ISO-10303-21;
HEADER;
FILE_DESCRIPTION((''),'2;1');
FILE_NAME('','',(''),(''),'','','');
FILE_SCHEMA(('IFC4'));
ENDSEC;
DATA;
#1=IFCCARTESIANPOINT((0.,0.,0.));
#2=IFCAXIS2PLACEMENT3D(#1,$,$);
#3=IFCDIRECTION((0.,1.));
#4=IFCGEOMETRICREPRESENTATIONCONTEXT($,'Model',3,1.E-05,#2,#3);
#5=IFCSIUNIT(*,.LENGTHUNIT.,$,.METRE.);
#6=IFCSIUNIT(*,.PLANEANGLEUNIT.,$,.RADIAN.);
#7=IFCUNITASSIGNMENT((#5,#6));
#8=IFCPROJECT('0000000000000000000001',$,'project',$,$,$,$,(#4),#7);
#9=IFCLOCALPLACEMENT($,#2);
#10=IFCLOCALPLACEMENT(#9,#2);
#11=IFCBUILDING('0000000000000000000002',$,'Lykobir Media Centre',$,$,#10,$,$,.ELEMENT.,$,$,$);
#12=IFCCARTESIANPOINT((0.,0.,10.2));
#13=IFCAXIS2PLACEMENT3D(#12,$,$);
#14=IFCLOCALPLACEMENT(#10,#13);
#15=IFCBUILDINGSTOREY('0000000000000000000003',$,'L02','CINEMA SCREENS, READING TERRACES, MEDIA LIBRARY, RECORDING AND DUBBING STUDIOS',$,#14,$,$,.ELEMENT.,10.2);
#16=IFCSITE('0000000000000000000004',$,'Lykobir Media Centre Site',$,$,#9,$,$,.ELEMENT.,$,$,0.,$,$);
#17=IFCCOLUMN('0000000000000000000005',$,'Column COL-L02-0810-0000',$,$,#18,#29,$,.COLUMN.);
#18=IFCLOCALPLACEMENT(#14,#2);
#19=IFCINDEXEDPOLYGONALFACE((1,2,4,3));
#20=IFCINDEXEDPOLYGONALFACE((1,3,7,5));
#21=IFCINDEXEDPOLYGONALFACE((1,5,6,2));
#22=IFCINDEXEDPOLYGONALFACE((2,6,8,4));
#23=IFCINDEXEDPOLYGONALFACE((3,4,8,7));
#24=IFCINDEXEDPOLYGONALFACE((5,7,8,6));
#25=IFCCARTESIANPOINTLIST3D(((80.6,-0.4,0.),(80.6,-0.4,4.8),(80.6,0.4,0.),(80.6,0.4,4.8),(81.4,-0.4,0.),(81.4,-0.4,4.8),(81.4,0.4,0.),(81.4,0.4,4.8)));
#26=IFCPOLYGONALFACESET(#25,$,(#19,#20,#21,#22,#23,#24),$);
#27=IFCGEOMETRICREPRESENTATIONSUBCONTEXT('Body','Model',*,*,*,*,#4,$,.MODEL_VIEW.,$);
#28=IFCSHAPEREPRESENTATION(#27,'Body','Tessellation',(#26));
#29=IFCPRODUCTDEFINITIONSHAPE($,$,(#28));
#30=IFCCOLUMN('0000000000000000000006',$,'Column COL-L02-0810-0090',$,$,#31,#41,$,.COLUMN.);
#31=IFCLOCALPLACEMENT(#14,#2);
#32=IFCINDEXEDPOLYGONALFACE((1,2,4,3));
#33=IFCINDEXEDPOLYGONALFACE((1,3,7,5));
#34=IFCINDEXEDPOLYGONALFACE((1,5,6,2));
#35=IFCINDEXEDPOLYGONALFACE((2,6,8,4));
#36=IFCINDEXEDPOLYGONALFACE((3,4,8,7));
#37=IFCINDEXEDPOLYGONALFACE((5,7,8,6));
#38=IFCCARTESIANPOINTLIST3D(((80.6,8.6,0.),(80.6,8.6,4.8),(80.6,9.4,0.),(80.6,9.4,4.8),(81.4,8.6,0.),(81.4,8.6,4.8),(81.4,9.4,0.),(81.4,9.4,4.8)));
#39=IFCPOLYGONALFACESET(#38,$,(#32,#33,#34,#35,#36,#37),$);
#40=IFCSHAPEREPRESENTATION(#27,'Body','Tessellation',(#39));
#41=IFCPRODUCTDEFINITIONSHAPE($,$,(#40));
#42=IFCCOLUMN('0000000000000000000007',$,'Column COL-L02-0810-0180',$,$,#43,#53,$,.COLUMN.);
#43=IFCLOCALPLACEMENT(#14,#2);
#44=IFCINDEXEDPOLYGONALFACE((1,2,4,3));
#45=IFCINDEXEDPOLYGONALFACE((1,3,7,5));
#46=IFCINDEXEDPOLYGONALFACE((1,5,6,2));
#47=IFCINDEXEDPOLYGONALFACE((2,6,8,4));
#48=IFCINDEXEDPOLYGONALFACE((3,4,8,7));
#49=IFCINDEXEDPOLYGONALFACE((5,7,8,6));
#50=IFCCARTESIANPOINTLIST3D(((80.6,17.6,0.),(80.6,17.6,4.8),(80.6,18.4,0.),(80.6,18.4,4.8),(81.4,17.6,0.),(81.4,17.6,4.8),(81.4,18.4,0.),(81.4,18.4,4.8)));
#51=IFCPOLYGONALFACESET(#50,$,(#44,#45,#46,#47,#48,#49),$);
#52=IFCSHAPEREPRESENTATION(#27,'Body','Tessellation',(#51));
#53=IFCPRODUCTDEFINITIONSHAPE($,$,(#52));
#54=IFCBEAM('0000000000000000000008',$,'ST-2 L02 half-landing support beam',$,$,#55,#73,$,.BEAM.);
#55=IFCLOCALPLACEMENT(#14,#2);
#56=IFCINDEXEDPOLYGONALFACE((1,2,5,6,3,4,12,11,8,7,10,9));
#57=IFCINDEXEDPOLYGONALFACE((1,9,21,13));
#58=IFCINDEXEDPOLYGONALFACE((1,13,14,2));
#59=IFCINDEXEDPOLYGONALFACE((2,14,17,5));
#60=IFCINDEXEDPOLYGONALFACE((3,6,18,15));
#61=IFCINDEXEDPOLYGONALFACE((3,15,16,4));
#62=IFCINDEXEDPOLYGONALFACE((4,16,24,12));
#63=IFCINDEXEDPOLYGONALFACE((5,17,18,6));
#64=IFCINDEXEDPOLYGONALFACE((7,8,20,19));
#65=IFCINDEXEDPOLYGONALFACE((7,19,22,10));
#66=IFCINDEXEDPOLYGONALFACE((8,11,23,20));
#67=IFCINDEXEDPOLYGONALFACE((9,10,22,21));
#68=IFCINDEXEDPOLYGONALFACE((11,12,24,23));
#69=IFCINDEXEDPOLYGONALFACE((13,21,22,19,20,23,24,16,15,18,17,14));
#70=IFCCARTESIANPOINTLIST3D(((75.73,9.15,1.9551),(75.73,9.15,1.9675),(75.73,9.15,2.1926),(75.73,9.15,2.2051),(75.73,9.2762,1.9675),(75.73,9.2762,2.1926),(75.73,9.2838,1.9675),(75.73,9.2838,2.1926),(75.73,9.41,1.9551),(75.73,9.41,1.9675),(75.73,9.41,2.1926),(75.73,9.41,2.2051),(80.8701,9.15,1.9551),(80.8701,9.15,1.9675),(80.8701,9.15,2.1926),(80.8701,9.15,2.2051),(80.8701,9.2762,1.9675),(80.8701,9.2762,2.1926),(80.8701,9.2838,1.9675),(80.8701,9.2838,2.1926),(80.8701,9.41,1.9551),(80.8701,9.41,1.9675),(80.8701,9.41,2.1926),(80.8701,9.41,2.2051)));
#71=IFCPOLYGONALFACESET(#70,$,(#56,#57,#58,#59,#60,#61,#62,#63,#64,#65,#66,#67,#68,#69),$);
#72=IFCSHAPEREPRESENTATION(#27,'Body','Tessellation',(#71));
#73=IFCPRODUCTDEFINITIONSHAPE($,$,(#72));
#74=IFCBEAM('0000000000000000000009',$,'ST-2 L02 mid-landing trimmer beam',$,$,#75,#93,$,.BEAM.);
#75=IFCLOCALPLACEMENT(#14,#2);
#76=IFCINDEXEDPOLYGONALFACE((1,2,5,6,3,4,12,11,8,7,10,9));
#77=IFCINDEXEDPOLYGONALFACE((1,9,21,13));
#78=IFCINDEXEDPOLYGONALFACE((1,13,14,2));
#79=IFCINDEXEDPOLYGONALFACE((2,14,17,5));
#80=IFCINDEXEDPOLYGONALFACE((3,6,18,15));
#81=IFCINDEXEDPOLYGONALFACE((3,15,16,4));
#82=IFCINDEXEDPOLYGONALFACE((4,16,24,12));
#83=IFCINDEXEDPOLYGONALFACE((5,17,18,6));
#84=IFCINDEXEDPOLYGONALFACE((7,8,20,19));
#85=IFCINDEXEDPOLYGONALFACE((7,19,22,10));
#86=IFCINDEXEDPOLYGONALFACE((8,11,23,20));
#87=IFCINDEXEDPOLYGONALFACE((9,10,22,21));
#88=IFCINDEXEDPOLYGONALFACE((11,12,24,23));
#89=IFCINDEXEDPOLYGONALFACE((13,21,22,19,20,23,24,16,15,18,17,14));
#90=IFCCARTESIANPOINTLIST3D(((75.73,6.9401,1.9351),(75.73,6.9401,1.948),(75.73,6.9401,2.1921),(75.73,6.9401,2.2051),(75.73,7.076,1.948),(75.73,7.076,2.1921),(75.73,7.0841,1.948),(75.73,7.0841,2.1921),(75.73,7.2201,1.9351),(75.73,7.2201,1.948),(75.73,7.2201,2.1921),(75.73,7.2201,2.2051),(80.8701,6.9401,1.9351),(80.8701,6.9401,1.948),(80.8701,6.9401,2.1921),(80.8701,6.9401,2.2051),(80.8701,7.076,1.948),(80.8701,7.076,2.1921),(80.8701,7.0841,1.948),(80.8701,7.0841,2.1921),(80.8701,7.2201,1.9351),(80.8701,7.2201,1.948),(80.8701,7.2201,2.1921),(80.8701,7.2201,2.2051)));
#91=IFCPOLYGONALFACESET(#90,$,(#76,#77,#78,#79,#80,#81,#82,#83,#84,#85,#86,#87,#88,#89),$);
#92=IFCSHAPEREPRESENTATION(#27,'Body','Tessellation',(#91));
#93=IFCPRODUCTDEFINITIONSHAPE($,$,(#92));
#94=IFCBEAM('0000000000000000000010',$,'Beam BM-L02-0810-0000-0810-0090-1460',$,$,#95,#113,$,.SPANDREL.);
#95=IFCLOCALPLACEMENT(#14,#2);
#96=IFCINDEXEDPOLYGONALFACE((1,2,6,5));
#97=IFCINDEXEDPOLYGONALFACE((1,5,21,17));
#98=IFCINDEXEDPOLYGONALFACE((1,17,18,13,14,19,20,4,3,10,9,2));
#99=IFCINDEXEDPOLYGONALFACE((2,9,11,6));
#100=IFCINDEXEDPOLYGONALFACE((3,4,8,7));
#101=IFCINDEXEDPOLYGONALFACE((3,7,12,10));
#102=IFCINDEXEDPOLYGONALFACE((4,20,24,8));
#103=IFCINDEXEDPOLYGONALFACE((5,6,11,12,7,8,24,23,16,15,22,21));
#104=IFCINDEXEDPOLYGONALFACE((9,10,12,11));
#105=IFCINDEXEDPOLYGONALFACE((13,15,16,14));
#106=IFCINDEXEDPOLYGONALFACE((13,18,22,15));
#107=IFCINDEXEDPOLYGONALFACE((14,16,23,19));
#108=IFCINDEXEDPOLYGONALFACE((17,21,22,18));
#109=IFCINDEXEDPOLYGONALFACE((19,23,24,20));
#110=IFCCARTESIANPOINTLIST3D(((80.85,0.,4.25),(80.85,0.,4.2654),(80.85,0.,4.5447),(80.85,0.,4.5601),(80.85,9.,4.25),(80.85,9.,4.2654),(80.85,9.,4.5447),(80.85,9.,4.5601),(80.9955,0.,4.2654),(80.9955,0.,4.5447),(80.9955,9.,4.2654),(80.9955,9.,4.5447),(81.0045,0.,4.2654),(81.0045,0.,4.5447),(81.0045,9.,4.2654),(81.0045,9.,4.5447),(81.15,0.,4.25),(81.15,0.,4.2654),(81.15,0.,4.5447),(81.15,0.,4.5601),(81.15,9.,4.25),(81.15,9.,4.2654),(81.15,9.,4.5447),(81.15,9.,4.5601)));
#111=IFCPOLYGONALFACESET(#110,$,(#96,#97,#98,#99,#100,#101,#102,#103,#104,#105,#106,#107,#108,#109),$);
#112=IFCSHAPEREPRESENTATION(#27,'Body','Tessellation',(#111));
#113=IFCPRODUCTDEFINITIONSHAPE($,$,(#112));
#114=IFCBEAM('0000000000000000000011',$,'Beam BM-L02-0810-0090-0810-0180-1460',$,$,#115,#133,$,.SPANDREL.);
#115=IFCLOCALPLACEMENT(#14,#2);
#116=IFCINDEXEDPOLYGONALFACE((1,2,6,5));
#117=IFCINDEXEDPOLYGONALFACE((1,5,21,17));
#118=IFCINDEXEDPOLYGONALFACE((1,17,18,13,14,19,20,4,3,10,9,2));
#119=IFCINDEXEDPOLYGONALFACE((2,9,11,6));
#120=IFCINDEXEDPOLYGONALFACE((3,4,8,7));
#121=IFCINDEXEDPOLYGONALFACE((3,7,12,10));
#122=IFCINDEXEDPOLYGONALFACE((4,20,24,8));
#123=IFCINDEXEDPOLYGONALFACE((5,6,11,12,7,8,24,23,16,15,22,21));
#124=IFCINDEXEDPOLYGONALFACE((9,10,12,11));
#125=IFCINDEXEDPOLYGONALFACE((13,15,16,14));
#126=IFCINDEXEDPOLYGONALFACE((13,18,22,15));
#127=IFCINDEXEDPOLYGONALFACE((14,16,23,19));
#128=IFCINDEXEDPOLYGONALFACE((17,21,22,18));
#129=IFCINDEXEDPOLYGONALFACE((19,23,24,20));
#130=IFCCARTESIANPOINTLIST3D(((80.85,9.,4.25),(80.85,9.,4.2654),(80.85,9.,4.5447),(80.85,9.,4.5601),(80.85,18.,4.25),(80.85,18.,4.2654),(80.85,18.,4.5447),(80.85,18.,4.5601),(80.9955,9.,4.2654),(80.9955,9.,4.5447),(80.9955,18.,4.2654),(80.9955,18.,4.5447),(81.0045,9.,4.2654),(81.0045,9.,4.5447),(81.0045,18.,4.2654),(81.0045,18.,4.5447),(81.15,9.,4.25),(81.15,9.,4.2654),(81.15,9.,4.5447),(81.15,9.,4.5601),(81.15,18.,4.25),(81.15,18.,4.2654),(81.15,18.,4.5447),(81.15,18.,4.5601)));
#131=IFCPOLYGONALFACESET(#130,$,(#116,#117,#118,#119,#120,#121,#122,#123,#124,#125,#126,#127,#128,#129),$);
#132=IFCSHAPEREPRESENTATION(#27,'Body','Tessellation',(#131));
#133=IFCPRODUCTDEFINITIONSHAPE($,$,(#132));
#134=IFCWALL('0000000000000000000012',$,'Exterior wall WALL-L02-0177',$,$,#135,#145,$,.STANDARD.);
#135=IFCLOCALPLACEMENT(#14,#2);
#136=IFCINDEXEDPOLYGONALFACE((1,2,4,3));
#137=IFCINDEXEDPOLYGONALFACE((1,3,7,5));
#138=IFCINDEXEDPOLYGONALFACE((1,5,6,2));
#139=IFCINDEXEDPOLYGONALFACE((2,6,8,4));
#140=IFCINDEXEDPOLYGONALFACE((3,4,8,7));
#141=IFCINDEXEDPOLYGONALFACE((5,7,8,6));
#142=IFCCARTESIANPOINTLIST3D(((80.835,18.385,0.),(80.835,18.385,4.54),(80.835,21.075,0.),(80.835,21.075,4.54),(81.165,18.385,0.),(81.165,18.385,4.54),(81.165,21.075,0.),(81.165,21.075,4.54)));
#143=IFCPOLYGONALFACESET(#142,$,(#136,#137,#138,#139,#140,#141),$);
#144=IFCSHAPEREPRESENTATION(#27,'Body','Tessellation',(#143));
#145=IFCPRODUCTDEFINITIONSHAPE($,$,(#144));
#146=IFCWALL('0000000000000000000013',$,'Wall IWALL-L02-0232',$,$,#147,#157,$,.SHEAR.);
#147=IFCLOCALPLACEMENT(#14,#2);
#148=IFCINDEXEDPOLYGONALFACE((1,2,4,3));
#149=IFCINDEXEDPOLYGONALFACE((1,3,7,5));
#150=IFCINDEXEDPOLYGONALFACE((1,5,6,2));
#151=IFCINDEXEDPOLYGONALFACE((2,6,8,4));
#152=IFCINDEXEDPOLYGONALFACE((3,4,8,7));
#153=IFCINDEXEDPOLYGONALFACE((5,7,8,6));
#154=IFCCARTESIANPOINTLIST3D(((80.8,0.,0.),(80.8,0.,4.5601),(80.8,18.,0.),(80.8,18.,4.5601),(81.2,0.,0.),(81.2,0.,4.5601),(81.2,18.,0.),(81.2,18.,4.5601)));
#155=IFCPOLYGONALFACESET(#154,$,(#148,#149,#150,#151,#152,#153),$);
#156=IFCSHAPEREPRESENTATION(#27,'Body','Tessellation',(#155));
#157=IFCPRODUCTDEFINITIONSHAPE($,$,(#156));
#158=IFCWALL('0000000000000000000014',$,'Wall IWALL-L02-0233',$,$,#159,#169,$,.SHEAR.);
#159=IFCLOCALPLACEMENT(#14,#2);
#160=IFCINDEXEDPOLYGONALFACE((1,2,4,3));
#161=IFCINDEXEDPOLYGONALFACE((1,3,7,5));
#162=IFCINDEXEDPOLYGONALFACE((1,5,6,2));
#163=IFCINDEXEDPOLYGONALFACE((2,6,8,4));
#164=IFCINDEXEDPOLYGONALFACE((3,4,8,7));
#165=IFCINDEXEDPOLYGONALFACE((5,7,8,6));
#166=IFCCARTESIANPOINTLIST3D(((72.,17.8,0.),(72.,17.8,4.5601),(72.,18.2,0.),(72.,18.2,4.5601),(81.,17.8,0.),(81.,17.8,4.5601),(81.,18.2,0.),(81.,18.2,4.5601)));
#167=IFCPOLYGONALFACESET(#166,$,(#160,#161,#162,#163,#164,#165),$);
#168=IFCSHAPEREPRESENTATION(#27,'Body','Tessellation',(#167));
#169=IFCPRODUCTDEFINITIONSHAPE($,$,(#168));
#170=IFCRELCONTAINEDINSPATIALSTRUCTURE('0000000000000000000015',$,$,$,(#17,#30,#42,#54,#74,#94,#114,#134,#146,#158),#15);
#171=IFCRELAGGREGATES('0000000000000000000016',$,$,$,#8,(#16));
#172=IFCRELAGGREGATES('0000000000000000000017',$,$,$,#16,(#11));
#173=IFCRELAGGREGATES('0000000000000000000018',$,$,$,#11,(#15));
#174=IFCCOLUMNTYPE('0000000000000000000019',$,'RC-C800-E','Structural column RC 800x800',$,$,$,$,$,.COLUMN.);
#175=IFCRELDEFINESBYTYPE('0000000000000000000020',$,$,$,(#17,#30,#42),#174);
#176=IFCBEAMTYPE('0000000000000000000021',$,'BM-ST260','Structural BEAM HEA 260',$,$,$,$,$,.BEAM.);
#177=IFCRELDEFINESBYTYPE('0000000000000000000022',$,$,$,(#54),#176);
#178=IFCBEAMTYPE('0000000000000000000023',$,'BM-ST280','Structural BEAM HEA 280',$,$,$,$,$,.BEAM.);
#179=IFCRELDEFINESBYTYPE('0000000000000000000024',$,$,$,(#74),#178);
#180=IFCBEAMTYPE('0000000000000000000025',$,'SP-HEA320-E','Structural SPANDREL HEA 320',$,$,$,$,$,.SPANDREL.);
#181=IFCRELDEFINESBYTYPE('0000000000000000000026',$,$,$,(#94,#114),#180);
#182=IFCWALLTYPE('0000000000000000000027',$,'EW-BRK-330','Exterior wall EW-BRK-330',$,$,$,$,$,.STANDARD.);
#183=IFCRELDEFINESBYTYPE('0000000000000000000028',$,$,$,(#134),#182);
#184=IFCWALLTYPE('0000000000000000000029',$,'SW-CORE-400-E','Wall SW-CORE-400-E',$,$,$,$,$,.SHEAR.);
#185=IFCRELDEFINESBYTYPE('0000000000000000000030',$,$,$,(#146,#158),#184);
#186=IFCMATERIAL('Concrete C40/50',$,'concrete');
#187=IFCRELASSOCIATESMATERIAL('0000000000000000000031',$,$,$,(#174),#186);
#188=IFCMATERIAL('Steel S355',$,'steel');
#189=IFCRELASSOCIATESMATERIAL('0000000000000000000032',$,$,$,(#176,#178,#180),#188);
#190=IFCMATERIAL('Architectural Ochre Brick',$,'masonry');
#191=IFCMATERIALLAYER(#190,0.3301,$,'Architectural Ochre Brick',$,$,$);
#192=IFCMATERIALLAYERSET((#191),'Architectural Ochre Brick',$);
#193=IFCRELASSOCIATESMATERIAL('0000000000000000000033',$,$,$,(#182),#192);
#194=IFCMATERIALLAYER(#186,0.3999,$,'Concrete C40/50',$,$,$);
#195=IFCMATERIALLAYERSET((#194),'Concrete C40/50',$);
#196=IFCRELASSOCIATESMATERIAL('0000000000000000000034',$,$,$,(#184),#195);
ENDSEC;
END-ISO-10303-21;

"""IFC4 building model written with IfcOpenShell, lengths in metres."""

from ifc_helpers import new_model, si_unit, direction, frame, frame_2d, origin, origin_2d, place, context, subcontext, project, spatial, rectangle, i_section, extrude, material, layer, layer_set, material_profile, profile_set, type_object, element, save


model = new_model("IFC4")

# Units and contexts
model_context = context("Model", 3, precision=1e-05, world=origin(), true_north=direction((0.0, 1.0)))
body_context = subcontext(model_context, "Body", "Model", "MODEL_VIEW")
ifc_project = project(units=[si_unit("LENGTHUNIT", "METRE"), si_unit("PLANEANGLEUNIT", "RADIAN")], contexts=[model_context])

# Site, building, storey
site_placement = place(None, origin())
site = spatial("IfcSite", under=ifc_project, at=site_placement, Name="Lykobir Media Centre Site", CompositionType="ELEMENT", RefElevation=0.0)
building_placement = place(site_placement, origin())
building = spatial("IfcBuilding", under=site, at=building_placement, Name="Lykobir Media Centre", CompositionType="ELEMENT")
storey_placement = place(building_placement, frame((0.0, 0.0, 10.2)))
storey = spatial("IfcBuildingStorey", under=building, at=storey_placement, Name="L02", Description="CINEMA SCREENS, READING TERRACES, MEDIA LIBRARY, RECORDING AND DUBBING STUDIOS", CompositionType="ELEMENT", Elevation=10.2)

# Columns
ifc_material_1 = material(Name="Concrete C40/50", Category="concrete")
ifc_material_profile_1 = material_profile(ifc_material_1, rectangle(XDim=0.8, YDim=0.8, at=origin_2d()), Name="RC 800x800")
ifc_profile_set_1 = profile_set([ifc_material_profile_1], Name="Concrete C40/50")
column_type = type_object("IfcColumnType", Name="RC-C800-E", Description="Structural column RC 800x800", PredefinedType="COLUMN", material=ifc_profile_set_1)
for number, where, z_axis, x_axis, name in (
    (1, (81.0, 0.0, 0.0), (0.0, 0.0, 1.0), (1.0, 0.0, 0.0), "Column COL-L02-0810-0000"),
    (2, (81.0, 9.0, 0.0), (0.0, 0.0, 1.0), (1.0, 0.0, 0.0), "Column COL-L02-0810-0090"),
    (3, (81.0, 18.0, 0.0), (0.0, 0.0, 1.0), (1.0, 0.0, 0.0), "Column COL-L02-0810-0180"),
):
    element("IfcColumn", number, at=place(storey_placement, frame(where, z_axis=z_axis, x_axis=x_axis)), inside=storey, type_object=column_type, Name=name, PredefinedType="COLUMN", context=body_context, shape_type="SweptSolid", body=[
        extrude(rectangle(XDim=0.8, YDim=0.8, at=origin_2d()), origin(), (0.0, 0.0, 1.0), 4.8),
    ])

# Beams
ifc_material_2 = material(Name="Steel S355", Category="steel")
ifc_material_profile_2 = material_profile(ifc_material_2, i_section(OverallWidth=0.26, OverallDepth=0.25, WebThickness=0.0076, FlangeThickness=0.0125, at=origin_2d()), Name="HEA 260")
ifc_profile_set_2 = profile_set([ifc_material_profile_2], Name="Steel S355")
beam_type_1 = type_object("IfcBeamType", Name="BM-ST260", Description="Structural BEAM HEA 260", PredefinedType="BEAM", material=ifc_profile_set_2)
beam_1_placement = place(storey_placement, frame((75.73, 9.28, 2.0801), z_axis=(1.0, 0.0, 0.0), x_axis=(0.0, 1.0, 0.0)))
element("IfcBeam", 4, at=beam_1_placement, inside=storey, type_object=beam_type_1, Name="ST-2 L02 half-landing support beam", PredefinedType="BEAM", context=body_context, shape_type="SweptSolid", body=[
    extrude(i_section(OverallWidth=0.26, OverallDepth=0.25, WebThickness=0.0076, FlangeThickness=0.0125, at=origin_2d()), origin(), (0.0, 0.0, 1.0), 5.1401),
])
ifc_material_profile_3 = material_profile(ifc_material_2, i_section(OverallWidth=0.28, OverallDepth=0.27, WebThickness=0.0081, FlangeThickness=0.0129, at=origin_2d()), Name="HEA 280")
ifc_profile_set_3 = profile_set([ifc_material_profile_3], Name="Steel S355")
beam_type_2 = type_object("IfcBeamType", Name="BM-ST280", Description="Structural BEAM HEA 280", PredefinedType="BEAM", material=ifc_profile_set_3)
beam_2_placement = place(storey_placement, frame((75.73, 7.0801, 2.0701), z_axis=(1.0, 0.0, 0.0), x_axis=(0.0, 1.0, 0.0)))
element("IfcBeam", 5, at=beam_2_placement, inside=storey, type_object=beam_type_2, Name="ST-2 L02 mid-landing trimmer beam", PredefinedType="BEAM", context=body_context, shape_type="SweptSolid", body=[
    extrude(i_section(OverallWidth=0.28, OverallDepth=0.27, WebThickness=0.0081, FlangeThickness=0.0129, at=origin_2d()), origin(), (0.0, 0.0, 1.0), 5.1401),
])
ifc_material_profile_4 = material_profile(ifc_material_2, i_section(OverallWidth=0.3, OverallDepth=0.3101, WebThickness=0.009, FlangeThickness=0.0154, at=origin_2d()), Name="HEA 320")
ifc_profile_set_4 = profile_set([ifc_material_profile_4], Name="Steel S355")
beam_type_3 = type_object("IfcBeamType", Name="SP-HEA320-E", Description="Structural SPANDREL HEA 320", PredefinedType="SPANDREL", material=ifc_profile_set_4)
for number, where, z_axis, x_axis, name in (
    (6, (81.0, 0.0, 4.405), (0.0, 1.0, 0.0), (-1.0, 0.0, 0.0), "Beam BM-L02-0810-0000-0810-0090-1460"),
    (7, (81.0, 9.0, 4.405), (0.0, 1.0, 0.0), (-1.0, 0.0, 0.0), "Beam BM-L02-0810-0090-0810-0180-1460"),
):
    element("IfcBeam", number, at=place(storey_placement, frame(where, z_axis=z_axis, x_axis=x_axis)), inside=storey, type_object=beam_type_3, Name=name, PredefinedType="SPANDREL", context=body_context, shape_type="SweptSolid", body=[
        extrude(i_section(OverallWidth=0.3, OverallDepth=0.3101, WebThickness=0.009, FlangeThickness=0.0154, at=origin_2d()), origin(), (0.0, 0.0, 1.0), 9.0),
    ])

# Walls
ifc_material_3 = material(Name="Architectural Ochre Brick", Category="masonry")
ifc_layer_1 = layer(ifc_material_3, 0.3301, Name="Architectural Ochre Brick")
ifc_layer_set_1 = layer_set([ifc_layer_1], Name="Architectural Ochre Brick")
wall_type_1 = type_object("IfcWallType", Name="EW-BRK-330", Description="Exterior wall EW-BRK-330", PredefinedType="STANDARD", material=ifc_layer_set_1)
wall_1_placement = place(storey_placement, frame((81.0, 18.385, 0.0), z_axis=(0.0, 0.0, 1.0), x_axis=(0.0, 1.0, 0.0)))
element("IfcWall", 8, at=wall_1_placement, inside=storey, type_object=wall_type_1, Name="Exterior wall WALL-L02-0177", PredefinedType="STANDARD", context=body_context, shape_type="SweptSolid", body=[
    extrude(rectangle(XDim=2.6899, YDim=0.3301, at=frame_2d((1.345, 0.0))), origin(), (0.0, 0.0, 1.0), 4.54),
])
ifc_layer_2 = layer(ifc_material_1, 0.3999, Name="Concrete C40/50")
ifc_layer_set_2 = layer_set([ifc_layer_2], Name="Concrete C40/50")
wall_type_2 = type_object("IfcWallType", Name="SW-CORE-400-E", Description="Wall SW-CORE-400-E", PredefinedType="SHEAR", material=ifc_layer_set_2)
wall_2_placement = place(storey_placement, frame((81.0, 0.0, 0.0), z_axis=(0.0, 0.0, 1.0), x_axis=(0.0, 1.0, 0.0)))
element("IfcWall", 9, at=wall_2_placement, inside=storey, type_object=wall_type_2, Name="Wall IWALL-L02-0232", PredefinedType="SHEAR", context=body_context, shape_type="SweptSolid", body=[
    extrude(rectangle(XDim=18.0, YDim=0.3999, at=frame_2d((9.0, 0.0))), origin(), (0.0, 0.0, 1.0), 4.5601),
])
wall_3_placement = place(storey_placement, frame((81.0, 18.0, 0.0), z_axis=(0.0, 0.0, 1.0), x_axis=(-1.0, 0.0, 0.0)))
element("IfcWall", 10, at=wall_3_placement, inside=storey, type_object=wall_type_2, Name="Wall IWALL-L02-0233", PredefinedType="SHEAR", context=body_context, shape_type="SweptSolid", body=[
    extrude(rectangle(XDim=9.0, YDim=0.3999, at=frame_2d((4.5, 0.0))), origin(), (0.0, 0.0, 1.0), 4.5601),
])

save(model, "model.ifc")
